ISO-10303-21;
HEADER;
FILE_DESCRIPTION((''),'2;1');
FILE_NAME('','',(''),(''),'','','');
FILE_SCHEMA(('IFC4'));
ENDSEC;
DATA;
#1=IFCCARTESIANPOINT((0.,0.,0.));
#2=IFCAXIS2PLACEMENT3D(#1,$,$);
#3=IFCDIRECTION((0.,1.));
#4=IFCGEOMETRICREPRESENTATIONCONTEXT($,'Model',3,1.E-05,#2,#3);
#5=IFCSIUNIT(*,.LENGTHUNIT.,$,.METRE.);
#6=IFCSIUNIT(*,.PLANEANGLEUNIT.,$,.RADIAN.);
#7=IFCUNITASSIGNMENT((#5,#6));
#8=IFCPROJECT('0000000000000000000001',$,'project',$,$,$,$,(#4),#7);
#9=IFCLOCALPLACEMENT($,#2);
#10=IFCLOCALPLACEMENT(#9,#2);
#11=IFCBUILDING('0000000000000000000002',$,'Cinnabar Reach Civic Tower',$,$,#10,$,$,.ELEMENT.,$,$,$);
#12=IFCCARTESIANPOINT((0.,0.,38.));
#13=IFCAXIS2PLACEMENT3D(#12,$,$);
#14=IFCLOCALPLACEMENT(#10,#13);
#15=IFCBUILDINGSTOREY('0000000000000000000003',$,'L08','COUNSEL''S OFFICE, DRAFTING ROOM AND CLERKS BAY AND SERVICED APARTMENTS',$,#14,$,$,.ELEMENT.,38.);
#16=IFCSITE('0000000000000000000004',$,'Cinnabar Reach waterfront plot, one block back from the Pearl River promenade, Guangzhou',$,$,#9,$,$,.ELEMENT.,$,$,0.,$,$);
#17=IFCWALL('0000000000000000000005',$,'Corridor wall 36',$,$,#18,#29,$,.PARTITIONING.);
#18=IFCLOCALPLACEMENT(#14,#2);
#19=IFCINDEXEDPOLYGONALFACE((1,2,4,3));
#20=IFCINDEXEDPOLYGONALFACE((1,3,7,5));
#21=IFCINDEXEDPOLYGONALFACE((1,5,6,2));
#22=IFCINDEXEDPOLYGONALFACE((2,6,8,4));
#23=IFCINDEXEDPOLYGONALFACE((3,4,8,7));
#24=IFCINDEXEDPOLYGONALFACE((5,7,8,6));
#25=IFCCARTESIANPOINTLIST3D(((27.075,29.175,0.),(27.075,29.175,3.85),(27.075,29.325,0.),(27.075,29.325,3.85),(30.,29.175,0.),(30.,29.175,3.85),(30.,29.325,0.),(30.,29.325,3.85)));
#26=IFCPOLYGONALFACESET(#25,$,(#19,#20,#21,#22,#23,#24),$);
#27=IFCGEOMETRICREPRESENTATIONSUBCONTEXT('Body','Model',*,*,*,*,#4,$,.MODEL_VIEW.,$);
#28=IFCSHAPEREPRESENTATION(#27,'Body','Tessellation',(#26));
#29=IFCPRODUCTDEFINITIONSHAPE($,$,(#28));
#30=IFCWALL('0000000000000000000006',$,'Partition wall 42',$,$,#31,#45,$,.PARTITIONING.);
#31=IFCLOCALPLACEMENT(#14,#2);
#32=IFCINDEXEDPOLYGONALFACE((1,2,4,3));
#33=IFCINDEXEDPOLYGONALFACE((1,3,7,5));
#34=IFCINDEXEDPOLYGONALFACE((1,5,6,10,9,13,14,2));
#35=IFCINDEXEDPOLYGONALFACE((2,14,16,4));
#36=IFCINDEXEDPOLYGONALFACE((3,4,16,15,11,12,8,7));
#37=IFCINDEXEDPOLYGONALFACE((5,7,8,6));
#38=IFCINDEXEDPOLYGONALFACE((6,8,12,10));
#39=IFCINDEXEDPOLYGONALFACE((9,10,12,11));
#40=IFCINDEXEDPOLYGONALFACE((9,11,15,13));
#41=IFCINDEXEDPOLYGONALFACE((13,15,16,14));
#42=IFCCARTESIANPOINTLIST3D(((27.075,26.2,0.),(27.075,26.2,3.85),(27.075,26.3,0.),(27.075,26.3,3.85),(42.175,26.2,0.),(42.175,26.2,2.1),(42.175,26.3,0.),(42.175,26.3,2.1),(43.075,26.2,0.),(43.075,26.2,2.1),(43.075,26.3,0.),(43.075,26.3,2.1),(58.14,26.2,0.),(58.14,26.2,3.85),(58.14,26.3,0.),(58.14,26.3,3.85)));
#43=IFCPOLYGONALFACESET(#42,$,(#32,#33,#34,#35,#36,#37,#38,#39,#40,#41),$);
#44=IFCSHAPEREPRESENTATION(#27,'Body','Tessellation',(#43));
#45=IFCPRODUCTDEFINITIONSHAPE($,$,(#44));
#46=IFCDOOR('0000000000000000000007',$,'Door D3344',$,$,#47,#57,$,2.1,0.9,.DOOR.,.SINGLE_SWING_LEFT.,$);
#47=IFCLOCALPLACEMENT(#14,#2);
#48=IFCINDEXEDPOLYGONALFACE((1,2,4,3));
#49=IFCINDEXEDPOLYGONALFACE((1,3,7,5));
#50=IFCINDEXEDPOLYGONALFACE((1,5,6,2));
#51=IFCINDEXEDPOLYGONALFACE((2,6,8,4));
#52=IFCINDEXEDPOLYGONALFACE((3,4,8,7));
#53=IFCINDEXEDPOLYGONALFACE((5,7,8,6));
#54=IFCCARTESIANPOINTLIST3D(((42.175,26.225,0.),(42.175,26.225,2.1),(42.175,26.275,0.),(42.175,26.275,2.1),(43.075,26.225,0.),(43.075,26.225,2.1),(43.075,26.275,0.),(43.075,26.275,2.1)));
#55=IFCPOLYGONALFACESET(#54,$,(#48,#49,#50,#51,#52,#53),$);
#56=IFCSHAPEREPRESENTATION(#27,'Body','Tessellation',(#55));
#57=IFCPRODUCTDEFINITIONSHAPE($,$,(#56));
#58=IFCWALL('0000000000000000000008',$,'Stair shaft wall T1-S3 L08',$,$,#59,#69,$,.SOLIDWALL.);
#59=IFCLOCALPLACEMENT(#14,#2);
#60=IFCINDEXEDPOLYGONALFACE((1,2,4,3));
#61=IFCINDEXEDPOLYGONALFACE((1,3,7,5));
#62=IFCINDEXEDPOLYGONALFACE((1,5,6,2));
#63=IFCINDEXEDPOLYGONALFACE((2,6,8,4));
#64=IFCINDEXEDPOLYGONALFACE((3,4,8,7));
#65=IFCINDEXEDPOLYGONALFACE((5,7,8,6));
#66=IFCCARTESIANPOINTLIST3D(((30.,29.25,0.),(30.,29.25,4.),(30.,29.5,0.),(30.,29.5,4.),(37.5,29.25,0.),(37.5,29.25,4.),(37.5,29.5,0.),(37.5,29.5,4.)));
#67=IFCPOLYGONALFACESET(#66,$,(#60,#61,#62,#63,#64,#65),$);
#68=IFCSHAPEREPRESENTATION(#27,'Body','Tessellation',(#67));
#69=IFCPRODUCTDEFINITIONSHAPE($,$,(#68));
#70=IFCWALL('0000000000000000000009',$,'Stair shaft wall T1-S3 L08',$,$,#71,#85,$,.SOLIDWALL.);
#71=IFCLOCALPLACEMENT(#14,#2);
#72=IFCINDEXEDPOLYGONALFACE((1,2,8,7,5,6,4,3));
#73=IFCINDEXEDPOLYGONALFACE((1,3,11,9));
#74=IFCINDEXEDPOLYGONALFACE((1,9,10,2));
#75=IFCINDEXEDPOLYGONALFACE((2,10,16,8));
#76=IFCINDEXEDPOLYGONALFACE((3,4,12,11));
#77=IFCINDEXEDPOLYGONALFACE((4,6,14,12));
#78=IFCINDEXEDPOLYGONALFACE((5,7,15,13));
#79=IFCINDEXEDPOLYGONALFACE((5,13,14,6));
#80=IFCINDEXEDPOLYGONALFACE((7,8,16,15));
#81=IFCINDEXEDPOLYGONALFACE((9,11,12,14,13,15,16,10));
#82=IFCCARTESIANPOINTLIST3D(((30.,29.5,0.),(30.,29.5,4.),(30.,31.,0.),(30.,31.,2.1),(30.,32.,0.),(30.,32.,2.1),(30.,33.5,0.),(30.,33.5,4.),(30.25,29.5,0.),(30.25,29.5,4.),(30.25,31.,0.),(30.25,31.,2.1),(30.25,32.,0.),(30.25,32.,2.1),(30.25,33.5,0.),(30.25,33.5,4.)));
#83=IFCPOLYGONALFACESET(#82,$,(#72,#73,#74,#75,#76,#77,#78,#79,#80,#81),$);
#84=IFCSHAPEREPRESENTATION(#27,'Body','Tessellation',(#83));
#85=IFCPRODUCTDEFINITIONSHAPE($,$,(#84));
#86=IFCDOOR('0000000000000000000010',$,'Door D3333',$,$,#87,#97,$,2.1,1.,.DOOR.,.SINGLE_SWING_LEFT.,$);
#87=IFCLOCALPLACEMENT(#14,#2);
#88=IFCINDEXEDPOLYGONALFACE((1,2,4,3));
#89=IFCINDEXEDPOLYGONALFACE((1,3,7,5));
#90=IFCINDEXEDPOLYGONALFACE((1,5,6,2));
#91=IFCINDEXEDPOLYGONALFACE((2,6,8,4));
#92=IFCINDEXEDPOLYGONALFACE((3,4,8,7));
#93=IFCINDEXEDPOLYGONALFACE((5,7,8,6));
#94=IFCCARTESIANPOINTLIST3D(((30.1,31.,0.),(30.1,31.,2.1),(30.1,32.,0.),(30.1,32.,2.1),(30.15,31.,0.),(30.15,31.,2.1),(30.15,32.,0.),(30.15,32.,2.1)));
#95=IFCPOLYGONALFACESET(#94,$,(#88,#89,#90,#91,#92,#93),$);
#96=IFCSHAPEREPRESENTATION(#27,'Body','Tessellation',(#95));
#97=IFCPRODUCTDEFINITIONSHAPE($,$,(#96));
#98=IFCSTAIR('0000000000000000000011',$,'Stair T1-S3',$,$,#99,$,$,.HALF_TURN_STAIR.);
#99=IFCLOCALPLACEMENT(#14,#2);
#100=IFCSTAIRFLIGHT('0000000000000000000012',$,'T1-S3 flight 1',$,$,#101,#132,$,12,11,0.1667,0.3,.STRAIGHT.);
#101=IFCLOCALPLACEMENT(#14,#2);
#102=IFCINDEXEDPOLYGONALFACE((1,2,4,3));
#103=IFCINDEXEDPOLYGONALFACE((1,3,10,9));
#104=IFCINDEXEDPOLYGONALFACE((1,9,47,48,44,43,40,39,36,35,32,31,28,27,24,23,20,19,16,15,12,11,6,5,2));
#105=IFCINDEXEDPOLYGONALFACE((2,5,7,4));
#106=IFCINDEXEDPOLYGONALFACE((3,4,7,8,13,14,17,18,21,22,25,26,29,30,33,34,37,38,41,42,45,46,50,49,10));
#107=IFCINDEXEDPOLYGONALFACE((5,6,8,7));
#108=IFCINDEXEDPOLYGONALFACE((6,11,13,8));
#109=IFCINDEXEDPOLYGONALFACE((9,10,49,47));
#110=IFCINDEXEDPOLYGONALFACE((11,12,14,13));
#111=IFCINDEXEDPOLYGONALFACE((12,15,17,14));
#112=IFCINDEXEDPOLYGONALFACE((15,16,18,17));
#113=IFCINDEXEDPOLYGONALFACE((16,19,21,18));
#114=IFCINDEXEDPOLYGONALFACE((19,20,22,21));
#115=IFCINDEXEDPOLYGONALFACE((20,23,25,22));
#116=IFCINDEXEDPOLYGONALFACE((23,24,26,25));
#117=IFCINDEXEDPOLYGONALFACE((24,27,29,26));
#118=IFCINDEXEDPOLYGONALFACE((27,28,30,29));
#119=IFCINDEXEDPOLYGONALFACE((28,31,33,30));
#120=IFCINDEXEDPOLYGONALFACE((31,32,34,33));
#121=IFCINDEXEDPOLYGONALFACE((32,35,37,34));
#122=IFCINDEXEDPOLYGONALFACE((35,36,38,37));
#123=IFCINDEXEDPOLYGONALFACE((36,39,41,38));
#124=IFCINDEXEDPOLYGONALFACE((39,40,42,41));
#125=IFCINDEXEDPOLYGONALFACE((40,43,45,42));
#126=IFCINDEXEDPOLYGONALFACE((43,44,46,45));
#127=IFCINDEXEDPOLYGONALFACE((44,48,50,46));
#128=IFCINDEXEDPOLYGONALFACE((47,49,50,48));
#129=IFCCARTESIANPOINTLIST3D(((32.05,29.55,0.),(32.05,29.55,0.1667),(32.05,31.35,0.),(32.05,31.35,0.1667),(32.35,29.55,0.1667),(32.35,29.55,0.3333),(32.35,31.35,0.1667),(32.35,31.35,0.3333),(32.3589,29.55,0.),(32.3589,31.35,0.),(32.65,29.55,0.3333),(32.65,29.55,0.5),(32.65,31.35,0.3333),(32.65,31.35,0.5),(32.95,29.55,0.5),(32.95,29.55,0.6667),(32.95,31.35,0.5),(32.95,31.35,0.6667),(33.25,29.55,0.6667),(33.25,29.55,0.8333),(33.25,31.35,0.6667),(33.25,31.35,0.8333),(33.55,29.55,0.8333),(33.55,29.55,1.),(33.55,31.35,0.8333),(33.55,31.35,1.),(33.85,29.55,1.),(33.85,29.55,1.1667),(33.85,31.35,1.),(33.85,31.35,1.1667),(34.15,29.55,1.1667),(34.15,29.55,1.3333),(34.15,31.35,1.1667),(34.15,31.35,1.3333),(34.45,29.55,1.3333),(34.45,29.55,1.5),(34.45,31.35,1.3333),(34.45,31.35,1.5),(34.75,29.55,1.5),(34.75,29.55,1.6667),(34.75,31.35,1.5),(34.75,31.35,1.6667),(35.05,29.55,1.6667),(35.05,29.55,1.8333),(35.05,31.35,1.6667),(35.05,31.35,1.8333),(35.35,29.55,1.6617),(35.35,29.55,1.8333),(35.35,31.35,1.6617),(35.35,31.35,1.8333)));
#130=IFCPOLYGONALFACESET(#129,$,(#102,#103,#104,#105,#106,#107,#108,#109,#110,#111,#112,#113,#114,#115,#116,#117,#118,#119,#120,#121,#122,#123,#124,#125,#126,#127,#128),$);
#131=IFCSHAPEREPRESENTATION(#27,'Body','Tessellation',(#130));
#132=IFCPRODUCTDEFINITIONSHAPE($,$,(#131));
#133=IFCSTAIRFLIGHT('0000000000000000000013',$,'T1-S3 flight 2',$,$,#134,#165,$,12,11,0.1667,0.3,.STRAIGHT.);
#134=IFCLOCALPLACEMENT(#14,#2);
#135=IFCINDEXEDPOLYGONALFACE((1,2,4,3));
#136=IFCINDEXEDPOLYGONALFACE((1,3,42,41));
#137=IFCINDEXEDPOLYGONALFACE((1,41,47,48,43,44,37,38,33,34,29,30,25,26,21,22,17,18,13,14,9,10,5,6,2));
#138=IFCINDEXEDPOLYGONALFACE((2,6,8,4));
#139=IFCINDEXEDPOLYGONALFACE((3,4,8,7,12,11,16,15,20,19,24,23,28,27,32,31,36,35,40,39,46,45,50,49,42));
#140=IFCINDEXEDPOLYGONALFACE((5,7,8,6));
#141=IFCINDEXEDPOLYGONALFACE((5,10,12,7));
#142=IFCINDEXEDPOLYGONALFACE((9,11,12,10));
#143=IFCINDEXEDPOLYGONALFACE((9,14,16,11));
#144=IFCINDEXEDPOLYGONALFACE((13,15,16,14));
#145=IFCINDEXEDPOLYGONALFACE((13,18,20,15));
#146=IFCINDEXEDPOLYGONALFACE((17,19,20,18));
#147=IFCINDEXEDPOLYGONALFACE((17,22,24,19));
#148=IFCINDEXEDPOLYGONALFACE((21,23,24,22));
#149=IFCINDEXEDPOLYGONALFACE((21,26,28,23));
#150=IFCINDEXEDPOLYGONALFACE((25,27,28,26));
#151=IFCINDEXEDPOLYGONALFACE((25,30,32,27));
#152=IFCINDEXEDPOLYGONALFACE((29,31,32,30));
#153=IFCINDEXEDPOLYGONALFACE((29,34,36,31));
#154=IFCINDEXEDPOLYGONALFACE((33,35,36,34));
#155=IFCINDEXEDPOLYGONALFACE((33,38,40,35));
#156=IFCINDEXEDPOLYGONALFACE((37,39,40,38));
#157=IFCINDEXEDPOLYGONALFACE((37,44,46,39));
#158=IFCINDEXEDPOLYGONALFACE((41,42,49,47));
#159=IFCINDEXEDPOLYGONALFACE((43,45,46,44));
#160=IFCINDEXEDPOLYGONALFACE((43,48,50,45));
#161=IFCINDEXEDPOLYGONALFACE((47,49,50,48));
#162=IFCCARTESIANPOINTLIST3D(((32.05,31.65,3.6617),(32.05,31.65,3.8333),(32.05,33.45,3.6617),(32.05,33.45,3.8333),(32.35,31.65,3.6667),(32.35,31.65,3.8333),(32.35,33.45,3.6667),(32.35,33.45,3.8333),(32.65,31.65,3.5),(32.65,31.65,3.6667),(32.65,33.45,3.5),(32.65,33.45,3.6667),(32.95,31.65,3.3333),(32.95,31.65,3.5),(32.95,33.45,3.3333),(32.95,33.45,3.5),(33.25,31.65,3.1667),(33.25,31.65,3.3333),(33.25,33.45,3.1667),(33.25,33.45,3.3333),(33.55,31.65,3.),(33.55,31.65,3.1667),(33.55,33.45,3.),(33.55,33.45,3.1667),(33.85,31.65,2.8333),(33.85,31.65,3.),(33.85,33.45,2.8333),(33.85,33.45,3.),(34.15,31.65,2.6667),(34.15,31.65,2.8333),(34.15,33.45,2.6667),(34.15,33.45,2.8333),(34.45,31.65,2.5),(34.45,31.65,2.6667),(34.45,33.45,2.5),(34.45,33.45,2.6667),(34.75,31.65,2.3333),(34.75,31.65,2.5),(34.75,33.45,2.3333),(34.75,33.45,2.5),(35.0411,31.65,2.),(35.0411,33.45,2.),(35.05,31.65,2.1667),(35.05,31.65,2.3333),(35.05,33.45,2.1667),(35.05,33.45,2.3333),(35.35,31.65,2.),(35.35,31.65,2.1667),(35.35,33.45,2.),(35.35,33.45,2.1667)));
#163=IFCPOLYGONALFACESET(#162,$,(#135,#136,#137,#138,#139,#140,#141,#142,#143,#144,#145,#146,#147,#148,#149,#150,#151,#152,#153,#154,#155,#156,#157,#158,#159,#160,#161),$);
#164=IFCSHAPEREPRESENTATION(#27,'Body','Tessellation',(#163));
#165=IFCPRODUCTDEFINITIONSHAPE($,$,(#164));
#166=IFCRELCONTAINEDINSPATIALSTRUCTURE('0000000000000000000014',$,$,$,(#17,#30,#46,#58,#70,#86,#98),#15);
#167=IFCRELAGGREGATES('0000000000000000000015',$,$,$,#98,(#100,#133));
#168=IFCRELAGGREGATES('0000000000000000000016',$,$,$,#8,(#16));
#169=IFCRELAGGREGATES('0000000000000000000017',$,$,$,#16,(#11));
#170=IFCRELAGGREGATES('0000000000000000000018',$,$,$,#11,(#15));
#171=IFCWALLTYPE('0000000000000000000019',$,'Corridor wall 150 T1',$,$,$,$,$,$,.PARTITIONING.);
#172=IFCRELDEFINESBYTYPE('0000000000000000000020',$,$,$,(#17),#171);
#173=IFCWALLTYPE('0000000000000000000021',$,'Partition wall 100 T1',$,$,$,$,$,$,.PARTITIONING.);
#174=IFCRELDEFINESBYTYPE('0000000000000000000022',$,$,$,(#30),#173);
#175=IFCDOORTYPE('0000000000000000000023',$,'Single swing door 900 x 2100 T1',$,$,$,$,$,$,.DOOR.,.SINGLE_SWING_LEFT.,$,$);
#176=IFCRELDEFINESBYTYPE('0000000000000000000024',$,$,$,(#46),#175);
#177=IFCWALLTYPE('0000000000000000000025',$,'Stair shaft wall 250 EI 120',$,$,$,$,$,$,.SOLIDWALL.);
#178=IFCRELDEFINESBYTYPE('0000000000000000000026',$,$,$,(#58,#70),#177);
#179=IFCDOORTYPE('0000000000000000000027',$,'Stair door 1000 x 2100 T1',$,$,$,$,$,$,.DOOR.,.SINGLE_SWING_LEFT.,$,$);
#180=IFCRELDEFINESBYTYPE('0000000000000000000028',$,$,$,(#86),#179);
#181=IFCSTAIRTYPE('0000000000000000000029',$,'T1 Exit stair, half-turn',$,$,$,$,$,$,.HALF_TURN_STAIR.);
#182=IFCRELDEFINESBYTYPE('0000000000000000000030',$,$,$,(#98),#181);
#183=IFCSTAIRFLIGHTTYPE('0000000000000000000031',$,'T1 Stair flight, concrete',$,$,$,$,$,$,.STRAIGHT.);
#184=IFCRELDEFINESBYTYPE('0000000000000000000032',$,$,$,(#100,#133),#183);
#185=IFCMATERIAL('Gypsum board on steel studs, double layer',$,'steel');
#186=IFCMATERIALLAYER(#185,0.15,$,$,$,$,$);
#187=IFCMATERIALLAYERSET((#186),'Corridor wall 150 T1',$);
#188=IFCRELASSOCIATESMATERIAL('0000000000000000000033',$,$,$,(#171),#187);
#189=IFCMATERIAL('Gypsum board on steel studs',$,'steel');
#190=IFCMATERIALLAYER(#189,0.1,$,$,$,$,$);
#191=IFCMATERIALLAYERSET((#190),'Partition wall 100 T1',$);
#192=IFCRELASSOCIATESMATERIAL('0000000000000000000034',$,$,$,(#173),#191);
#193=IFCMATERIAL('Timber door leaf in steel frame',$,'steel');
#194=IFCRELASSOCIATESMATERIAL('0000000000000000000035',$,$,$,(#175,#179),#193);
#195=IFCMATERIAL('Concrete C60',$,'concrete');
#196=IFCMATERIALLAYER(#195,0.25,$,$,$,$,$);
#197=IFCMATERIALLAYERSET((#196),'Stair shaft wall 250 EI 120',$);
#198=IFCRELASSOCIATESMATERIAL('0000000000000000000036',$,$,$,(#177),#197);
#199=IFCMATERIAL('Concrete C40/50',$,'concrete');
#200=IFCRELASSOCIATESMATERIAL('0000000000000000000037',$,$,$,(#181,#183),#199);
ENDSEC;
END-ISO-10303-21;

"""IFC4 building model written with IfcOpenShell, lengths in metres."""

from ifc_helpers import new_model, si_unit, direction, frame, frame_2d, origin, place, context, subcontext, project, spatial, polyline, rectangle, outline, extrude, material, layer, layer_set, type_object, element, fill, aggregate, save


model = new_model("IFC4")

# Units and contexts
model_context = context("Model", 3, precision=1e-05, world=origin(), true_north=direction((0.0, 1.0)))
body_context = subcontext(model_context, "Body", "Model", "MODEL_VIEW")
ifc_project = project(units=[si_unit("LENGTHUNIT", "METRE"), si_unit("PLANEANGLEUNIT", "RADIAN")], contexts=[model_context])

# Site, building, storey
site_placement = place(None, origin())
site = spatial("IfcSite", under=ifc_project, at=site_placement, Name="Cinnabar Reach waterfront plot, one block back from the Pearl River promenade, Guangzhou", CompositionType="ELEMENT", RefElevation=0.0)
building_placement = place(site_placement, origin())
building = spatial("IfcBuilding", under=site, at=building_placement, Name="Cinnabar Reach Civic Tower", CompositionType="ELEMENT")
storey_placement = place(building_placement, frame((0.0, 0.0, 38.0)))
storey = spatial("IfcBuildingStorey", under=building, at=storey_placement, Name="L08", Description="COUNSEL'S OFFICE, DRAFTING ROOM AND CLERKS BAY AND SERVICED APARTMENTS", CompositionType="ELEMENT", Elevation=38.0)

# Shared definitions
ifc_material_1 = material(Name="Gypsum board on steel studs, double layer", Category="steel")
ifc_layer_1 = layer(ifc_material_1, 0.15)
ifc_layer_set_1 = layer_set([ifc_layer_1], Name="Corridor wall 150 T1")
wall_type_1 = type_object("IfcWallType", Name="Corridor wall 150 T1", PredefinedType="PARTITIONING", material=ifc_layer_set_1)
ifc_material_2 = material(Name="Timber door leaf in steel frame", Category="steel")

# Wall
wall_1_placement = place(storey_placement, frame((27.075, 29.25, 0.0), z_axis=(0.0, 0.0, 1.0), x_axis=(1.0, 0.0, 0.0)))
element("IfcWall", 1, at=wall_1_placement, inside=storey, type_object=wall_type_1, Name="Corridor wall 36", PredefinedType="PARTITIONING", context=body_context, shape_type="SweptSolid", body=[
    extrude(rectangle(XDim=2.925, YDim=0.15, at=frame_2d((1.4625, 0.0))), origin(), (0.0, 0.0, 1.0), 3.85),
])

# Wall, opening, door
ifc_material_3 = material(Name="Gypsum board on steel studs", Category="steel")
ifc_layer_2 = layer(ifc_material_3, 0.1)
ifc_layer_set_2 = layer_set([ifc_layer_2], Name="Partition wall 100 T1")
wall_type_2 = type_object("IfcWallType", Name="Partition wall 100 T1", PredefinedType="PARTITIONING", material=ifc_layer_set_2)
wall_2_placement = place(storey_placement, frame((27.075, 26.25, 0.0), z_axis=(0.0, 0.0, 1.0), x_axis=(1.0, 0.0, 0.0)))
wall_2 = element("IfcWall", 2, at=wall_2_placement, inside=storey, type_object=wall_type_2, Name="Partition wall 42", PredefinedType="PARTITIONING", context=body_context, shape_type="SweptSolid", body=[
    extrude(rectangle(XDim=31.065, YDim=0.1, at=frame_2d((15.5325, 0.0))), origin(), (0.0, 0.0, 1.0), 3.85),
])
opening_1_placement = place(wall_2_placement, frame((15.1, 0.0, 0.0)))
opening_1 = element("IfcOpeningElement", 3, at=opening_1_placement, cuts=wall_2, PredefinedType="OPENING", context=body_context, shape_type="SweptSolid", body=[
    extrude(rectangle(XDim=0.9, YDim=2.1, at=frame_2d((0.45, 1.05))), frame((0.0, 0.06, 0.0), z_axis=(0.0, -1.0, 0.0), x_axis=(1.0, 0.0, 0.0)), (0.0, 0.0, 1.0), 0.12),
])
door_type_1 = type_object("IfcDoorType", Name="Single swing door 900 x 2100 T1", OperationType="SINGLE_SWING_LEFT", PredefinedType="DOOR", material=ifc_material_2)
door_1_placement = place(opening_1_placement, origin())
door_1 = element("IfcDoor", 4, at=door_1_placement, inside=storey, type_object=door_type_1, Name="Door D3344", OperationType="SINGLE_SWING_LEFT", OverallHeight=2.1, OverallWidth=0.9, PredefinedType="DOOR", context=body_context, shape_type="SweptSolid", body=[
    extrude(rectangle(XDim=0.9, YDim=2.1, at=frame_2d((0.45, 1.05))), frame((0.0, 0.025, 0.0), z_axis=(0.0, -1.0, 0.0), x_axis=(1.0, 0.0, 0.0)), (0.0, 0.0, 1.0), 0.05),
])
fill(opening_1, door_1)

# Wall
ifc_material_4 = material(Name="Concrete C60", Category="concrete")
ifc_layer_3 = layer(ifc_material_4, 0.25)
ifc_layer_set_3 = layer_set([ifc_layer_3], Name="Stair shaft wall 250 EI 120")
wall_type_3 = type_object("IfcWallType", Name="Stair shaft wall 250 EI 120", PredefinedType="SOLIDWALL", material=ifc_layer_set_3)
wall_3_placement = place(storey_placement, frame((30.0, 29.375, 0.0), z_axis=(0.0, 0.0, 1.0), x_axis=(1.0, 0.0, 0.0)))
element("IfcWall", 5, at=wall_3_placement, inside=storey, type_object=wall_type_3, Name="Stair shaft wall T1-S3 L08", PredefinedType="SOLIDWALL", context=body_context, shape_type="SweptSolid", body=[
    extrude(rectangle(XDim=7.5, YDim=0.25, at=frame_2d((3.75, 0.0))), origin(), (0.0, 0.0, 1.0), 4.0),
])

# Wall, opening, door
wall_4_placement = place(storey_placement, frame((30.125, 33.5, 0.0), z_axis=(0.0, 0.0, 1.0), x_axis=(0.0, -1.0, 0.0)))
wall_4 = element("IfcWall", 6, at=wall_4_placement, inside=storey, type_object=wall_type_3, Name="Stair shaft wall T1-S3 L08", PredefinedType="SOLIDWALL", context=body_context, shape_type="SweptSolid", body=[
    extrude(rectangle(XDim=4.0, YDim=0.25, at=frame_2d((2.0, 0.0))), origin(), (0.0, 0.0, 1.0), 4.0),
])
opening_2_placement = place(wall_4_placement, frame((1.5, 0.0, 0.0)))
opening_2 = element("IfcOpeningElement", 7, at=opening_2_placement, cuts=wall_4, PredefinedType="OPENING", context=body_context, shape_type="SweptSolid", body=[
    extrude(rectangle(XDim=1.0, YDim=2.1, at=frame_2d((0.5, 1.05))), frame((0.0, 0.135, 0.0), z_axis=(0.0, -1.0, 0.0), x_axis=(1.0, 0.0, 0.0)), (0.0, 0.0, 1.0), 0.27),
])
door_type_2 = type_object("IfcDoorType", Name="Stair door 1000 x 2100 T1", OperationType="SINGLE_SWING_LEFT", PredefinedType="DOOR", material=ifc_material_2)
door_2_placement = place(opening_2_placement, origin())
door_2 = element("IfcDoor", 8, at=door_2_placement, inside=storey, type_object=door_type_2, Name="Door D3333", OperationType="SINGLE_SWING_LEFT", OverallHeight=2.1, OverallWidth=1.0, PredefinedType="DOOR", context=body_context, shape_type="SweptSolid", body=[
    extrude(rectangle(XDim=1.0, YDim=2.1, at=frame_2d((0.5, 1.05))), frame((0.0, 0.025, 0.0), z_axis=(0.0, -1.0, 0.0), x_axis=(1.0, 0.0, 0.0)), (0.0, 0.0, 1.0), 0.05),
])
fill(opening_2, door_2)

# Stair, stair flights
ifc_material_5 = material(Name="Concrete C40/50", Category="concrete")
stair_type = type_object("IfcStairType", Name="T1 Exit stair, half-turn", PredefinedType="HALF_TURN_STAIR", material=ifc_material_5)
stair_placement = place(storey_placement, origin())
stair = element("IfcStair", 9, at=stair_placement, inside=storey, type_object=stair_type, Name="Stair T1-S3", PredefinedType="HALF_TURN_STAIR")
stair_flight_type = type_object("IfcStairFlightType", Name="T1 Stair flight, concrete", PredefinedType="STRAIGHT", material=ifc_material_5)
stair_flight_1_placement = place(storey_placement, frame((32.05, 30.45, 0.0), z_axis=(0.0, 0.0, 1.0), x_axis=(1.0, 0.0, 0.0)))
stair_flight_1 = element("IfcStairFlight", 10, at=stair_flight_1_placement, type_object=stair_flight_type, Name="T1-S3 flight 1", NumberOfRisers=12, NumberOfTreads=11, PredefinedType="STRAIGHT", RiserHeight=0.1667, TreadLength=0.3, context=body_context, shape_type="SweptSolid", body=[
    extrude(outline(polyline([(0.0, 0.0), (0.0, 0.1667), (0.3, 0.1667), (0.3, 0.3333), (0.6, 0.3333), (0.6, 0.5), (0.9, 0.5), (0.9, 0.6667), (1.2, 0.6667), (1.2, 0.8333), (1.5, 0.8333), (1.5, 1.0), (1.8, 1.0), (1.8, 1.1667), (2.1, 1.1667), (2.1, 1.3333), (2.4, 1.3333), (2.4, 1.5), (2.7, 1.5), (2.7, 1.6667), (3.0, 1.6667), (3.0, 1.8333), (3.3, 1.8333), (3.3, 2.0), (3.3, 1.6617), (0.3089, 0.0), (0.0, 0.0)])), frame((0.0, 0.9, 0.0), z_axis=(0.0, -1.0, 0.0), x_axis=(1.0, 0.0, 0.0)), (0.0, 0.0, 1.0), 1.8),
])
stair_flight_2_placement = place(storey_placement, frame((35.35, 32.55, 2.0), z_axis=(0.0, 0.0, 1.0), x_axis=(-1.0, 0.0, 0.0)))
stair_flight_2 = element("IfcStairFlight", 11, at=stair_flight_2_placement, type_object=stair_flight_type, Name="T1-S3 flight 2", NumberOfRisers=12, NumberOfTreads=11, PredefinedType="STRAIGHT", RiserHeight=0.1667, TreadLength=0.3, context=body_context, shape_type="SweptSolid", body=[
    extrude(outline(polyline([(0.0, 0.0), (0.0, 0.1667), (0.3, 0.1667), (0.3, 0.3333), (0.6, 0.3333), (0.6, 0.5), (0.9, 0.5), (0.9, 0.6667), (1.2, 0.6667), (1.2, 0.8333), (1.5, 0.8333), (1.5, 1.0), (1.8, 1.0), (1.8, 1.1667), (2.1, 1.1667), (2.1, 1.3333), (2.4, 1.3333), (2.4, 1.5), (2.7, 1.5), (2.7, 1.6667), (3.0, 1.6667), (3.0, 1.8333), (3.3, 1.8333), (3.3, 2.0), (3.3, 1.6617), (0.3089, 0.0), (0.0, 0.0)])), frame((0.0, 0.9, 0.0), z_axis=(0.0, -1.0, 0.0), x_axis=(1.0, 0.0, 0.0)), (0.0, 0.0, 1.0), 1.8),
])
aggregate(stair, [stair_flight_1, stair_flight_2])

save(model, "model.ifc")
